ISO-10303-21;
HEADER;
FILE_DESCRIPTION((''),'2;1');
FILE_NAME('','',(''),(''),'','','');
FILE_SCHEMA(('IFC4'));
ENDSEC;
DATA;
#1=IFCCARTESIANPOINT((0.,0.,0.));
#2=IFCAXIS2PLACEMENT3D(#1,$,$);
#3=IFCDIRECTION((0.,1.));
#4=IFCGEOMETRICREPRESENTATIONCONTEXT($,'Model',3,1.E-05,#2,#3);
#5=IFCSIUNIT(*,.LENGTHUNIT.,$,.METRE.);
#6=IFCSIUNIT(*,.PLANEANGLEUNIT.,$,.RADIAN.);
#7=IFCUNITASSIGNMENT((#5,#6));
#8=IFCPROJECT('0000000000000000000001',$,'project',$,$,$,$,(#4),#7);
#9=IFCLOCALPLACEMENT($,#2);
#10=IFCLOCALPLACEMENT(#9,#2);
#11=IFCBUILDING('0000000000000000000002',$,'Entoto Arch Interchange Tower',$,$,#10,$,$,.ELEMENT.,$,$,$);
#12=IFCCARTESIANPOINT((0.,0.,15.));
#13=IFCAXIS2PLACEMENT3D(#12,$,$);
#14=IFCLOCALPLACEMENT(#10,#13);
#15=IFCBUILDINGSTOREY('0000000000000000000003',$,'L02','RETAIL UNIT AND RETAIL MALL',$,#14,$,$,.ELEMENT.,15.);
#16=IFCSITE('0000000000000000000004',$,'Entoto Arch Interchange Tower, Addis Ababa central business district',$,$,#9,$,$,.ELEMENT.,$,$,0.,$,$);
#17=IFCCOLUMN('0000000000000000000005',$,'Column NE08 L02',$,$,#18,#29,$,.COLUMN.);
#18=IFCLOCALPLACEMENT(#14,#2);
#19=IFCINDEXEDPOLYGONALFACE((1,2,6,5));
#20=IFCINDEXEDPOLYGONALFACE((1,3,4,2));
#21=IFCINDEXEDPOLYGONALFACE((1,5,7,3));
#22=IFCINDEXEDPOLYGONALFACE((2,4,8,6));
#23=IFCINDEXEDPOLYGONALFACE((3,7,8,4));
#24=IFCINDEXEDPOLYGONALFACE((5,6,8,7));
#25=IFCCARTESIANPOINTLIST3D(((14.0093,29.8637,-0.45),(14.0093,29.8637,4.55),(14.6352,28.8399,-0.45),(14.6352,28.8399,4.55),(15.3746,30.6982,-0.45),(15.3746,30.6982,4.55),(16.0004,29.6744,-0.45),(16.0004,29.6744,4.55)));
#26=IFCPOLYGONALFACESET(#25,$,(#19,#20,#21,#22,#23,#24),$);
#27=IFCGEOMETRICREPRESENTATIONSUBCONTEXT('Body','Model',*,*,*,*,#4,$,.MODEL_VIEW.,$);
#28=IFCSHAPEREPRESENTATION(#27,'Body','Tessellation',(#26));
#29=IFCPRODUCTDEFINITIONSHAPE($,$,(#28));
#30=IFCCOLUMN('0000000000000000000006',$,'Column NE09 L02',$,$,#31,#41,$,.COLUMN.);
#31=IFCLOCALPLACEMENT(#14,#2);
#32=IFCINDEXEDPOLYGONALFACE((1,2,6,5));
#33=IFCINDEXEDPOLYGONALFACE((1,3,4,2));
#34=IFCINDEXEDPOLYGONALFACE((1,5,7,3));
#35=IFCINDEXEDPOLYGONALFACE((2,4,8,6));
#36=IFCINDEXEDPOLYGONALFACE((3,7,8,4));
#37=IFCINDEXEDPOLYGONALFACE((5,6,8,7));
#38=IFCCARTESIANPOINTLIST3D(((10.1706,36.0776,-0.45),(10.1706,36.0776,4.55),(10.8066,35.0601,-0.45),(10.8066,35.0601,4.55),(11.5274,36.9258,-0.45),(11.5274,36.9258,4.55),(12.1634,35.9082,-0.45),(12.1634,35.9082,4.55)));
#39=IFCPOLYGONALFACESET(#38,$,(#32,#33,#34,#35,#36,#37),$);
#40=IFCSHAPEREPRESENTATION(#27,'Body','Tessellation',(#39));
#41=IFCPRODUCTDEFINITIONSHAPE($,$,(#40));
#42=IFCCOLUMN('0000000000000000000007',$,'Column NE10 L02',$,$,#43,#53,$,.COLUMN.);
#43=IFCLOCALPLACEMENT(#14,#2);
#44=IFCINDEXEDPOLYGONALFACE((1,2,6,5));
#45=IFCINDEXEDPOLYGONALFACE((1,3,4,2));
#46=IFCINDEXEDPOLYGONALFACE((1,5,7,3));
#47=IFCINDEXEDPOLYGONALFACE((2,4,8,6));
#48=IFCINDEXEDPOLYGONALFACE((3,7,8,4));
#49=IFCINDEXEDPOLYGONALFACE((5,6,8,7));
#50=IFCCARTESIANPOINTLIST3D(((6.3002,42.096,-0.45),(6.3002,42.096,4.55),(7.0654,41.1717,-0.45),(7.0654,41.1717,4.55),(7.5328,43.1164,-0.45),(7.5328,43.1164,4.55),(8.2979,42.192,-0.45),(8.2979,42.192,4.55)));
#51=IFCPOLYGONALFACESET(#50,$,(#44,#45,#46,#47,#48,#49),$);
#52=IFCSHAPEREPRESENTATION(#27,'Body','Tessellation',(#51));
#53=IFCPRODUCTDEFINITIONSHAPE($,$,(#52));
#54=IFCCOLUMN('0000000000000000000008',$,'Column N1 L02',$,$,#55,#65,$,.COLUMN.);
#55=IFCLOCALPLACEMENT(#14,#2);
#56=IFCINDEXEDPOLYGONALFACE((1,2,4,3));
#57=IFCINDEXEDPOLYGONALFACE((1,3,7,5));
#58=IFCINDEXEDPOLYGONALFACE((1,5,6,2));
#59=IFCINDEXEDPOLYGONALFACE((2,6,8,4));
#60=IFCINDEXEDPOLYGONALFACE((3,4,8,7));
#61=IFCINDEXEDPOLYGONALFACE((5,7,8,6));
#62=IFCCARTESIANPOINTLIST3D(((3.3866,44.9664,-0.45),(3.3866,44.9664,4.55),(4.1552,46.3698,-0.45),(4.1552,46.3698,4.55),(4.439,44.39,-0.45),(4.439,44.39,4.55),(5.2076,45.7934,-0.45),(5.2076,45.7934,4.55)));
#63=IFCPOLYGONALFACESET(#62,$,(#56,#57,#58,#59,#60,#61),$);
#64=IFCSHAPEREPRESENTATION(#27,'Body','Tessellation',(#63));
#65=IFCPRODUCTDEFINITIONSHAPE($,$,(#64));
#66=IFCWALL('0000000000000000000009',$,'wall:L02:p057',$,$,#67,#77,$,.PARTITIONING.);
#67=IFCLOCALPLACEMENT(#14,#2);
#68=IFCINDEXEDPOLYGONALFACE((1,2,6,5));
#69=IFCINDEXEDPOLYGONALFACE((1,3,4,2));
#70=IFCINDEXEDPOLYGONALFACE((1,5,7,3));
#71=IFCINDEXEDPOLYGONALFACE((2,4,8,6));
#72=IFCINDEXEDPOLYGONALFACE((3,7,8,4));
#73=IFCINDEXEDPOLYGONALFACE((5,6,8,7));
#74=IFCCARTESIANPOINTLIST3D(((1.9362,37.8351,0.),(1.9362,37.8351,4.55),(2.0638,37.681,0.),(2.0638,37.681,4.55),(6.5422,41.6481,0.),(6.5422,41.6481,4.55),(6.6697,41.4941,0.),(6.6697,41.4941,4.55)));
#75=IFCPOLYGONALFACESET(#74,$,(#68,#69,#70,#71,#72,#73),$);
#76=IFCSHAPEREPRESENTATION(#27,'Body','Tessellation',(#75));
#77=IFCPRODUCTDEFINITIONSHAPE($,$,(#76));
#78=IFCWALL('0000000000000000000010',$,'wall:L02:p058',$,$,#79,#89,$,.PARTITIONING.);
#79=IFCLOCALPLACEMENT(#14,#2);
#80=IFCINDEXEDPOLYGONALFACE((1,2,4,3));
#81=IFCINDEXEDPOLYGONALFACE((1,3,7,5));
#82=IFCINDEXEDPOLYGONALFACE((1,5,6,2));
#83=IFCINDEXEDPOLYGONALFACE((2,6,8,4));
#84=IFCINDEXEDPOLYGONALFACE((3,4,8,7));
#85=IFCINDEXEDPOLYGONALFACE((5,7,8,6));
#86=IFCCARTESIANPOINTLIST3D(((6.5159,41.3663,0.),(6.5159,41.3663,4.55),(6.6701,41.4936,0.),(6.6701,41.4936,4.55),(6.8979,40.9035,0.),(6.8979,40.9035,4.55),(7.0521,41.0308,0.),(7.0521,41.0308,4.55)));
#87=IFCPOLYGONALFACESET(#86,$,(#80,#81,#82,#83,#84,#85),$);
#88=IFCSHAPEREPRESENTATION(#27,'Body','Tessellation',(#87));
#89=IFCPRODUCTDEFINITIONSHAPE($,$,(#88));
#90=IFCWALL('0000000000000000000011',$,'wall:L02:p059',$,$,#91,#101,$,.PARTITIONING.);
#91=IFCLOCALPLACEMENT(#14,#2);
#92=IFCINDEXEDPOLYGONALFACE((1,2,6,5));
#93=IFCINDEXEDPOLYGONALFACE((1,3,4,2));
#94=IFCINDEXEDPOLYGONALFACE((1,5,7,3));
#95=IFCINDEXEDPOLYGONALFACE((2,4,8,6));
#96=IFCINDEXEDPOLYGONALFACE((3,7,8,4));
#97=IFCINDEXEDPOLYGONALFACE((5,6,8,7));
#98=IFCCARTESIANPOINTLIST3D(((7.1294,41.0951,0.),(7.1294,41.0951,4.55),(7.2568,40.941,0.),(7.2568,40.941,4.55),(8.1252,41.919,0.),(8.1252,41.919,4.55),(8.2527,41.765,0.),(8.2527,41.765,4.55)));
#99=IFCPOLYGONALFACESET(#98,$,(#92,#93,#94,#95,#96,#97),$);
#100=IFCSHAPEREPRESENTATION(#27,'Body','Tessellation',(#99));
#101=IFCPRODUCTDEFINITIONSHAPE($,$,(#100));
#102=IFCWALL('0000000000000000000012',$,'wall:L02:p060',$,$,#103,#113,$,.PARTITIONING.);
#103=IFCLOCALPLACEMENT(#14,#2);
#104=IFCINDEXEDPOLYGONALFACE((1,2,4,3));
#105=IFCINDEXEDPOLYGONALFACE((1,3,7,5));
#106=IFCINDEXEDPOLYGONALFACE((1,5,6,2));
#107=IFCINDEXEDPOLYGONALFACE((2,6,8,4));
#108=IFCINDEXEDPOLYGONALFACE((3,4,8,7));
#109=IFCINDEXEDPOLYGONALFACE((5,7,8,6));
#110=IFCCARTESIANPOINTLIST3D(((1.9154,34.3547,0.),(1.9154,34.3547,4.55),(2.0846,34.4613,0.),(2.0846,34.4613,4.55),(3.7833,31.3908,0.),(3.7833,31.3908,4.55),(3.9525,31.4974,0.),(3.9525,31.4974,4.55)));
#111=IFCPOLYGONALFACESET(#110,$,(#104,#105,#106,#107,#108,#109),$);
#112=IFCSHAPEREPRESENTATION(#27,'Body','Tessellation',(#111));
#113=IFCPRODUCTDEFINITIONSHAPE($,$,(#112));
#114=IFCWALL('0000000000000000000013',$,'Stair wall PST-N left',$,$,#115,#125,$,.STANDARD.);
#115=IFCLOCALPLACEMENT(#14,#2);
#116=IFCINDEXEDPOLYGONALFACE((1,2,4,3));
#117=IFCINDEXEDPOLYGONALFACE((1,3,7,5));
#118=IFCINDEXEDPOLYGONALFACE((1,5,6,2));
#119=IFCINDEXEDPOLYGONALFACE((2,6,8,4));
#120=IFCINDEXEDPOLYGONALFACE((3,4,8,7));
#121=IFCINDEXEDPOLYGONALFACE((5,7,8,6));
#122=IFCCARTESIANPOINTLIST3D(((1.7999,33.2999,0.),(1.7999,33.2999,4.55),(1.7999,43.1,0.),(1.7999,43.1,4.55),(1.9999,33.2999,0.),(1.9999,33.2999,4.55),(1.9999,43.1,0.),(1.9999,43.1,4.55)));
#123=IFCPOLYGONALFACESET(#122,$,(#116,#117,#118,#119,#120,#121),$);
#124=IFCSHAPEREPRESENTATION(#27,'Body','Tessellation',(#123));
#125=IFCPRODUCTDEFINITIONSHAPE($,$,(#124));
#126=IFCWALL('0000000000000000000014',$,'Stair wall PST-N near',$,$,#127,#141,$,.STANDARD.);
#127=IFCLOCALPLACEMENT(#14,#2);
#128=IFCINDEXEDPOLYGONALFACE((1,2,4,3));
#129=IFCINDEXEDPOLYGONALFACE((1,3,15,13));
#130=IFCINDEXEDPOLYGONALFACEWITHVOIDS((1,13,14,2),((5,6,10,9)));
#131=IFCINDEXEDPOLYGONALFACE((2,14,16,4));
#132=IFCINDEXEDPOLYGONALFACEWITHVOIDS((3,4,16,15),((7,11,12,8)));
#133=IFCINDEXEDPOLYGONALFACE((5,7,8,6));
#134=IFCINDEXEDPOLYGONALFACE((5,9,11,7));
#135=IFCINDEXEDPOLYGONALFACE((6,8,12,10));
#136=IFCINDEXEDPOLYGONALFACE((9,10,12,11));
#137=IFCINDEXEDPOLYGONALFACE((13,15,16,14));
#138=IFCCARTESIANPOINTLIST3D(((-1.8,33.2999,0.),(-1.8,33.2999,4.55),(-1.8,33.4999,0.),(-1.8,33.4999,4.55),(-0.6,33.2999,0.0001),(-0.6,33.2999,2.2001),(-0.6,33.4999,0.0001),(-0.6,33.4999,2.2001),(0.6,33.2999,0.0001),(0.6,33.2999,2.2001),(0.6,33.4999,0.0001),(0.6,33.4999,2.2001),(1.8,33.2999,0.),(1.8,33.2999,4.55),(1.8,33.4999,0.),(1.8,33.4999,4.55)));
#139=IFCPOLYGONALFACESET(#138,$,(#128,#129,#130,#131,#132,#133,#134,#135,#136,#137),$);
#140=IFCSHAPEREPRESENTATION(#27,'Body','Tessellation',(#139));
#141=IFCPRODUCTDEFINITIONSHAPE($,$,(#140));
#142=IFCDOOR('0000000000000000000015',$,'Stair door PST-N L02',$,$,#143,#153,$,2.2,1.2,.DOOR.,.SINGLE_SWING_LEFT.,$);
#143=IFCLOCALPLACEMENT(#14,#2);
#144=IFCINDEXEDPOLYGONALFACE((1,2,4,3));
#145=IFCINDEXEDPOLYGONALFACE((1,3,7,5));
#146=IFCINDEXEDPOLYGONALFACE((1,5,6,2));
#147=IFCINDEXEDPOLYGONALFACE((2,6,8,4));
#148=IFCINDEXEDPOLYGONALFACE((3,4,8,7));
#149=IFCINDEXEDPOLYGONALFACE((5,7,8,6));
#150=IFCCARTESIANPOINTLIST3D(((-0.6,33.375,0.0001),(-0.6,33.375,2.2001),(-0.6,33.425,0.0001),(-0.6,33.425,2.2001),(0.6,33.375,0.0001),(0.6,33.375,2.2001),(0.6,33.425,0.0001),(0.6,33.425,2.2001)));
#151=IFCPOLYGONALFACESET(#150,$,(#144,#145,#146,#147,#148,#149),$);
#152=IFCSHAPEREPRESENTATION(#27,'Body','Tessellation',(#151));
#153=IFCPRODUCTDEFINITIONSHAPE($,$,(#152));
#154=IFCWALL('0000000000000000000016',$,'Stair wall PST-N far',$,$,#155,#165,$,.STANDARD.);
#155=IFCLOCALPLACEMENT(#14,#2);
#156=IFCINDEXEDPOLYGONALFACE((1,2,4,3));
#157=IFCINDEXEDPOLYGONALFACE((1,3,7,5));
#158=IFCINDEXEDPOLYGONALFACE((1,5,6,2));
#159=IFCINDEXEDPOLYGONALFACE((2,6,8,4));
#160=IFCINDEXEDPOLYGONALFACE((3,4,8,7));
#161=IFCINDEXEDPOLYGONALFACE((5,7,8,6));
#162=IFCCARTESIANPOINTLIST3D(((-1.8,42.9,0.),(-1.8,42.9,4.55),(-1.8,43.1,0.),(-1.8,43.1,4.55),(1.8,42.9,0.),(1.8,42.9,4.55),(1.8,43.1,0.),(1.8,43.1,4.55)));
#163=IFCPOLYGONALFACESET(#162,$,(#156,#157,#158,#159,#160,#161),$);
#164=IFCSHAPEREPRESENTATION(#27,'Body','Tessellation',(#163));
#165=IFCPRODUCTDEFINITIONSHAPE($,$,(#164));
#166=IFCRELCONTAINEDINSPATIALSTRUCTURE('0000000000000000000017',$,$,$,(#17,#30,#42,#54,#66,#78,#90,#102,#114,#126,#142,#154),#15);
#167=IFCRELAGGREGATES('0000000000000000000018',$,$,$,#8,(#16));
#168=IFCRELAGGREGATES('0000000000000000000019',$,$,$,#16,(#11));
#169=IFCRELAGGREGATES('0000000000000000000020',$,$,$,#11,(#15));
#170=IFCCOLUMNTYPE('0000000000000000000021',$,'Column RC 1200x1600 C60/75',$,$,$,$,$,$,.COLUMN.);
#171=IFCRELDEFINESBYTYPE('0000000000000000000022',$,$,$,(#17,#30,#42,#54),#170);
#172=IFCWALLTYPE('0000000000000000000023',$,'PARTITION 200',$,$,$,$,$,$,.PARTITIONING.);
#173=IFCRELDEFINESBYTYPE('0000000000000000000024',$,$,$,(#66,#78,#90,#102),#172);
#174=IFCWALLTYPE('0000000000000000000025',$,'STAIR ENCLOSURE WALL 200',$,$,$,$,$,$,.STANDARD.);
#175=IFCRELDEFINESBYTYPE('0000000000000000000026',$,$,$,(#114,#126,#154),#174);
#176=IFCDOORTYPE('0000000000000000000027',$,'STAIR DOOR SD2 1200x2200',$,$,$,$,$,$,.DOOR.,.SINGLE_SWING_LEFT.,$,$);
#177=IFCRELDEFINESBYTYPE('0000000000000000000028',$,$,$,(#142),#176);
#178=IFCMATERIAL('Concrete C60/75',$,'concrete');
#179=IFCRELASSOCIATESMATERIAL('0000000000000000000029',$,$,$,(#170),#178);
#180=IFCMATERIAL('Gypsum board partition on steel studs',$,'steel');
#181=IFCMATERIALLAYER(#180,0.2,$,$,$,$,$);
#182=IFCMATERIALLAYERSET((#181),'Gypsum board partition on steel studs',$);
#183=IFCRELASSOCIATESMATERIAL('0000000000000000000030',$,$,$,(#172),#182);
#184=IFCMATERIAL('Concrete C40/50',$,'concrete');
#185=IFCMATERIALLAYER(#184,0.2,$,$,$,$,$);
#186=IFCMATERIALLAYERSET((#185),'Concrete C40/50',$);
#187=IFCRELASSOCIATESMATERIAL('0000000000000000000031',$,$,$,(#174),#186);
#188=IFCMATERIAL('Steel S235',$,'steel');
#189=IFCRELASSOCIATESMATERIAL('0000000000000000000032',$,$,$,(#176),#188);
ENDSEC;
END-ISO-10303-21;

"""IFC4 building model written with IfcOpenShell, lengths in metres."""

from ifc_helpers import new_model, si_unit, direction, frame, frame_2d, origin, origin_2d, place, context, subcontext, project, spatial, rectangle, extrude, material, layer, layer_set, material_profile, profile_set, type_object, element, fill, save


model = new_model("IFC4")

# Units and contexts
model_context = context("Model", 3, precision=1e-05, world=origin(), true_north=direction((0.0, 1.0)))
body_context = subcontext(model_context, "Body", "Model", "MODEL_VIEW")
ifc_project = project(units=[si_unit("LENGTHUNIT", "METRE"), si_unit("PLANEANGLEUNIT", "RADIAN")], contexts=[model_context])

# Site, building, storey
site_placement = place(None, origin())
site = spatial("IfcSite", under=ifc_project, at=site_placement, Name="Entoto Arch Interchange Tower, Addis Ababa central business district", CompositionType="ELEMENT", RefElevation=0.0)
building_placement = place(site_placement, origin())
building = spatial("IfcBuilding", under=site, at=building_placement, Name="Entoto Arch Interchange Tower", CompositionType="ELEMENT")
storey_placement = place(building_placement, frame((0.0, 0.0, 15.0)))
storey = spatial("IfcBuildingStorey", under=building, at=storey_placement, Name="L02", Description="RETAIL UNIT AND RETAIL MALL", CompositionType="ELEMENT", Elevation=15.0)

# Columns
ifc_material_1 = material(Name="Concrete C60/75", Category="concrete")
ifc_material_profile = material_profile(ifc_material_1, rectangle(XDim=1.2, YDim=1.6001, at=origin_2d()))
ifc_profile_set = profile_set([ifc_material_profile], Name="Concrete C60/75")
column_type = type_object("IfcColumnType", Name="Column RC 1200x1600 C60/75", PredefinedType="COLUMN", material=ifc_profile_set)
for number, where, z_axis, x_axis, name in (
    (1, (15.0049, 29.769, -0.45), (0.0, 0.0, 1.0), (-0.521546, 0.853223, 0.0), "Column NE08 L02"),
    (2, (11.167, 35.9929, -0.45), (0.0, 0.0, 1.0), (-0.530067, 0.847956, 0.0), "Column NE09 L02"),
    (3, (7.2991, 42.144, -0.45), (0.0, 0.0, 1.0), (-0.637666, 0.770313, 0.0), "Column NE10 L02"),
    (4, (4.2971, 45.3799, -0.45), (0.0, 0.0, 1.0), (-0.877079, 0.480346, 0.0), "Column N1 L02"),
):
    element("IfcColumn", number, at=place(storey_placement, frame(where, z_axis=z_axis, x_axis=x_axis)), inside=storey, type_object=column_type, Name=name, PredefinedType="COLUMN", context=body_context, shape_type="SweptSolid", body=[
        extrude(rectangle(XDim=1.2, YDim=1.6001, at=origin_2d()), origin(), (0.0, 0.0, 1.0), 5.0),
    ])

# Walls
ifc_material_2 = material(Name="Gypsum board partition on steel studs", Category="steel")
ifc_layer_1 = layer(ifc_material_2, 0.2)
ifc_layer_set_1 = layer_set([ifc_layer_1], Name="Gypsum board partition on steel studs")
wall_type_1 = type_object("IfcWallType", Name="PARTITION 200", PredefinedType="PARTITIONING", material=ifc_layer_set_1)
wall_1_placement = place(storey_placement, frame((2.0, 37.7581, 0.0), z_axis=(0.0, 0.0, 1.0), x_axis=(0.770299, 0.637683, 0.0)))
element("IfcWall", 5, at=wall_1_placement, inside=storey, type_object=wall_type_1, Name="wall:L02:p057", PredefinedType="PARTITIONING", context=body_context, shape_type="SweptSolid", body=[
    extrude(rectangle(XDim=5.9795, YDim=0.2, at=frame_2d((2.9897, 0.0))), origin(), (0.0, 0.0, 1.0), 4.55),
])
wall_2_placement = place(storey_placement, frame((6.593, 41.4299, 0.0), z_axis=(0.0, 0.0, 1.0), x_axis=(0.636577, -0.771214, 0.0)))
element("IfcWall", 6, at=wall_2_placement, inside=storey, type_object=wall_type_1, Name="wall:L02:p058", PredefinedType="PARTITIONING", context=body_context, shape_type="SweptSolid", body=[
    extrude(rectangle(XDim=0.6001, YDim=0.2, at=frame_2d((0.3, 0.0))), origin(), (0.0, 0.0, 1.0), 4.55),
])
wall_3_placement = place(storey_placement, frame((7.1931, 41.0181, 0.0), z_axis=(0.0, 0.0, 1.0), x_axis=(0.770461, 0.637487, 0.0)))
element("IfcWall", 7, at=wall_3_placement, inside=storey, type_object=wall_type_1, Name="wall:L02:p059", PredefinedType="PARTITIONING", context=body_context, shape_type="SweptSolid", body=[
    extrude(rectangle(XDim=1.2925, YDim=0.2, at=frame_2d((0.6462, 0.0))), origin(), (0.0, 0.0, 1.0), 4.55),
])
wall_4_placement = place(storey_placement, frame((3.8679, 31.4441, 0.0), z_axis=(0.0, 0.0, 1.0), x_axis=(-0.533177, 0.846004, 0.0)))
element("IfcWall", 8, at=wall_4_placement, inside=storey, type_object=wall_type_1, Name="wall:L02:p060", PredefinedType="PARTITIONING", context=body_context, shape_type="SweptSolid", body=[
    extrude(rectangle(XDim=3.5034, YDim=0.2, at=frame_2d((1.7517, 0.0))), origin(), (0.0, 0.0, 1.0), 4.55),
])
ifc_material_3 = material(Name="Concrete C40/50", Category="concrete")
ifc_layer_2 = layer(ifc_material_3, 0.2)
ifc_layer_set_2 = layer_set([ifc_layer_2], Name="Concrete C40/50")
wall_type_2 = type_object("IfcWallType", Name="STAIR ENCLOSURE WALL 200", PredefinedType="STANDARD", material=ifc_layer_set_2)
wall_5_placement = place(storey_placement, frame((1.8999, 33.3, 0.0), z_axis=(0.0, 0.0, 1.0), x_axis=(0.0, 1.0, 0.0)))
element("IfcWall", 9, at=wall_5_placement, inside=storey, type_object=wall_type_2, Name="Stair wall PST-N left", PredefinedType="STANDARD", context=body_context, shape_type="SweptSolid", body=[
    extrude(rectangle(XDim=9.8, YDim=0.2, at=frame_2d((4.8999, 0.0))), origin(), (0.0, 0.0, 1.0), 4.55),
])

# Wall, opening, door
wall_6_placement = place(storey_placement, frame((1.8, 33.3999, 0.0), z_axis=(0.0, 0.0, 1.0), x_axis=(-1.0, 0.0, 0.0)))
wall_6 = element("IfcWall", 10, at=wall_6_placement, inside=storey, type_object=wall_type_2, Name="Stair wall PST-N near", PredefinedType="STANDARD", context=body_context, shape_type="SweptSolid", body=[
    extrude(rectangle(XDim=3.6001, YDim=0.2, at=frame_2d((1.8, 0.0))), origin(), (0.0, 0.0, 1.0), 4.55),
])
opening_1_placement = place(wall_6_placement, frame((1.2, 0.0, 0.0)))
opening_1 = element("IfcOpeningElement", 11, at=opening_1_placement, cuts=wall_6, PredefinedType="OPENING", context=body_context, shape_type="SweptSolid", body=[
    extrude(rectangle(XDim=1.2, YDim=2.2, at=frame_2d((0.6001, 1.1001))), frame((0.0, 0.1099, 0.0), z_axis=(0.0, -1.0, 0.0), x_axis=(1.0, 0.0, 0.0)), (0.0, 0.0, 1.0), 0.22),
])
ifc_material_4 = material(Name="Steel S235", Category="steel")
door_type = type_object("IfcDoorType", Name="STAIR DOOR SD2 1200x2200", OperationType="SINGLE_SWING_LEFT", PredefinedType="DOOR", material=ifc_material_4)
door_placement = place(opening_1_placement, origin())
door = element("IfcDoor", 12, at=door_placement, inside=storey, type_object=door_type, Name="Stair door PST-N L02", OperationType="SINGLE_SWING_LEFT", OverallHeight=2.2, OverallWidth=1.2, PredefinedType="DOOR", context=body_context, shape_type="SweptSolid", body=[
    extrude(rectangle(XDim=1.2, YDim=2.2, at=frame_2d((0.6001, 1.1001))), frame((0.0, 0.0249, 0.0), z_axis=(0.0, -1.0, 0.0), x_axis=(1.0, 0.0, 0.0)), (0.0, 0.0, 1.0), 0.05),
])
fill(opening_1, door)

# Wall
wall_7_placement = place(storey_placement, frame((1.8, 43.0, 0.0), z_axis=(0.0, 0.0, 1.0), x_axis=(-1.0, 0.0, 0.0)))
element("IfcWall", 13, at=wall_7_placement, inside=storey, type_object=wall_type_2, Name="Stair wall PST-N far", PredefinedType="STANDARD", context=body_context, shape_type="SweptSolid", body=[
    extrude(rectangle(XDim=3.6001, YDim=0.2, at=frame_2d((1.8, 0.0))), origin(), (0.0, 0.0, 1.0), 4.55),
])

save(model, "model.ifc")
